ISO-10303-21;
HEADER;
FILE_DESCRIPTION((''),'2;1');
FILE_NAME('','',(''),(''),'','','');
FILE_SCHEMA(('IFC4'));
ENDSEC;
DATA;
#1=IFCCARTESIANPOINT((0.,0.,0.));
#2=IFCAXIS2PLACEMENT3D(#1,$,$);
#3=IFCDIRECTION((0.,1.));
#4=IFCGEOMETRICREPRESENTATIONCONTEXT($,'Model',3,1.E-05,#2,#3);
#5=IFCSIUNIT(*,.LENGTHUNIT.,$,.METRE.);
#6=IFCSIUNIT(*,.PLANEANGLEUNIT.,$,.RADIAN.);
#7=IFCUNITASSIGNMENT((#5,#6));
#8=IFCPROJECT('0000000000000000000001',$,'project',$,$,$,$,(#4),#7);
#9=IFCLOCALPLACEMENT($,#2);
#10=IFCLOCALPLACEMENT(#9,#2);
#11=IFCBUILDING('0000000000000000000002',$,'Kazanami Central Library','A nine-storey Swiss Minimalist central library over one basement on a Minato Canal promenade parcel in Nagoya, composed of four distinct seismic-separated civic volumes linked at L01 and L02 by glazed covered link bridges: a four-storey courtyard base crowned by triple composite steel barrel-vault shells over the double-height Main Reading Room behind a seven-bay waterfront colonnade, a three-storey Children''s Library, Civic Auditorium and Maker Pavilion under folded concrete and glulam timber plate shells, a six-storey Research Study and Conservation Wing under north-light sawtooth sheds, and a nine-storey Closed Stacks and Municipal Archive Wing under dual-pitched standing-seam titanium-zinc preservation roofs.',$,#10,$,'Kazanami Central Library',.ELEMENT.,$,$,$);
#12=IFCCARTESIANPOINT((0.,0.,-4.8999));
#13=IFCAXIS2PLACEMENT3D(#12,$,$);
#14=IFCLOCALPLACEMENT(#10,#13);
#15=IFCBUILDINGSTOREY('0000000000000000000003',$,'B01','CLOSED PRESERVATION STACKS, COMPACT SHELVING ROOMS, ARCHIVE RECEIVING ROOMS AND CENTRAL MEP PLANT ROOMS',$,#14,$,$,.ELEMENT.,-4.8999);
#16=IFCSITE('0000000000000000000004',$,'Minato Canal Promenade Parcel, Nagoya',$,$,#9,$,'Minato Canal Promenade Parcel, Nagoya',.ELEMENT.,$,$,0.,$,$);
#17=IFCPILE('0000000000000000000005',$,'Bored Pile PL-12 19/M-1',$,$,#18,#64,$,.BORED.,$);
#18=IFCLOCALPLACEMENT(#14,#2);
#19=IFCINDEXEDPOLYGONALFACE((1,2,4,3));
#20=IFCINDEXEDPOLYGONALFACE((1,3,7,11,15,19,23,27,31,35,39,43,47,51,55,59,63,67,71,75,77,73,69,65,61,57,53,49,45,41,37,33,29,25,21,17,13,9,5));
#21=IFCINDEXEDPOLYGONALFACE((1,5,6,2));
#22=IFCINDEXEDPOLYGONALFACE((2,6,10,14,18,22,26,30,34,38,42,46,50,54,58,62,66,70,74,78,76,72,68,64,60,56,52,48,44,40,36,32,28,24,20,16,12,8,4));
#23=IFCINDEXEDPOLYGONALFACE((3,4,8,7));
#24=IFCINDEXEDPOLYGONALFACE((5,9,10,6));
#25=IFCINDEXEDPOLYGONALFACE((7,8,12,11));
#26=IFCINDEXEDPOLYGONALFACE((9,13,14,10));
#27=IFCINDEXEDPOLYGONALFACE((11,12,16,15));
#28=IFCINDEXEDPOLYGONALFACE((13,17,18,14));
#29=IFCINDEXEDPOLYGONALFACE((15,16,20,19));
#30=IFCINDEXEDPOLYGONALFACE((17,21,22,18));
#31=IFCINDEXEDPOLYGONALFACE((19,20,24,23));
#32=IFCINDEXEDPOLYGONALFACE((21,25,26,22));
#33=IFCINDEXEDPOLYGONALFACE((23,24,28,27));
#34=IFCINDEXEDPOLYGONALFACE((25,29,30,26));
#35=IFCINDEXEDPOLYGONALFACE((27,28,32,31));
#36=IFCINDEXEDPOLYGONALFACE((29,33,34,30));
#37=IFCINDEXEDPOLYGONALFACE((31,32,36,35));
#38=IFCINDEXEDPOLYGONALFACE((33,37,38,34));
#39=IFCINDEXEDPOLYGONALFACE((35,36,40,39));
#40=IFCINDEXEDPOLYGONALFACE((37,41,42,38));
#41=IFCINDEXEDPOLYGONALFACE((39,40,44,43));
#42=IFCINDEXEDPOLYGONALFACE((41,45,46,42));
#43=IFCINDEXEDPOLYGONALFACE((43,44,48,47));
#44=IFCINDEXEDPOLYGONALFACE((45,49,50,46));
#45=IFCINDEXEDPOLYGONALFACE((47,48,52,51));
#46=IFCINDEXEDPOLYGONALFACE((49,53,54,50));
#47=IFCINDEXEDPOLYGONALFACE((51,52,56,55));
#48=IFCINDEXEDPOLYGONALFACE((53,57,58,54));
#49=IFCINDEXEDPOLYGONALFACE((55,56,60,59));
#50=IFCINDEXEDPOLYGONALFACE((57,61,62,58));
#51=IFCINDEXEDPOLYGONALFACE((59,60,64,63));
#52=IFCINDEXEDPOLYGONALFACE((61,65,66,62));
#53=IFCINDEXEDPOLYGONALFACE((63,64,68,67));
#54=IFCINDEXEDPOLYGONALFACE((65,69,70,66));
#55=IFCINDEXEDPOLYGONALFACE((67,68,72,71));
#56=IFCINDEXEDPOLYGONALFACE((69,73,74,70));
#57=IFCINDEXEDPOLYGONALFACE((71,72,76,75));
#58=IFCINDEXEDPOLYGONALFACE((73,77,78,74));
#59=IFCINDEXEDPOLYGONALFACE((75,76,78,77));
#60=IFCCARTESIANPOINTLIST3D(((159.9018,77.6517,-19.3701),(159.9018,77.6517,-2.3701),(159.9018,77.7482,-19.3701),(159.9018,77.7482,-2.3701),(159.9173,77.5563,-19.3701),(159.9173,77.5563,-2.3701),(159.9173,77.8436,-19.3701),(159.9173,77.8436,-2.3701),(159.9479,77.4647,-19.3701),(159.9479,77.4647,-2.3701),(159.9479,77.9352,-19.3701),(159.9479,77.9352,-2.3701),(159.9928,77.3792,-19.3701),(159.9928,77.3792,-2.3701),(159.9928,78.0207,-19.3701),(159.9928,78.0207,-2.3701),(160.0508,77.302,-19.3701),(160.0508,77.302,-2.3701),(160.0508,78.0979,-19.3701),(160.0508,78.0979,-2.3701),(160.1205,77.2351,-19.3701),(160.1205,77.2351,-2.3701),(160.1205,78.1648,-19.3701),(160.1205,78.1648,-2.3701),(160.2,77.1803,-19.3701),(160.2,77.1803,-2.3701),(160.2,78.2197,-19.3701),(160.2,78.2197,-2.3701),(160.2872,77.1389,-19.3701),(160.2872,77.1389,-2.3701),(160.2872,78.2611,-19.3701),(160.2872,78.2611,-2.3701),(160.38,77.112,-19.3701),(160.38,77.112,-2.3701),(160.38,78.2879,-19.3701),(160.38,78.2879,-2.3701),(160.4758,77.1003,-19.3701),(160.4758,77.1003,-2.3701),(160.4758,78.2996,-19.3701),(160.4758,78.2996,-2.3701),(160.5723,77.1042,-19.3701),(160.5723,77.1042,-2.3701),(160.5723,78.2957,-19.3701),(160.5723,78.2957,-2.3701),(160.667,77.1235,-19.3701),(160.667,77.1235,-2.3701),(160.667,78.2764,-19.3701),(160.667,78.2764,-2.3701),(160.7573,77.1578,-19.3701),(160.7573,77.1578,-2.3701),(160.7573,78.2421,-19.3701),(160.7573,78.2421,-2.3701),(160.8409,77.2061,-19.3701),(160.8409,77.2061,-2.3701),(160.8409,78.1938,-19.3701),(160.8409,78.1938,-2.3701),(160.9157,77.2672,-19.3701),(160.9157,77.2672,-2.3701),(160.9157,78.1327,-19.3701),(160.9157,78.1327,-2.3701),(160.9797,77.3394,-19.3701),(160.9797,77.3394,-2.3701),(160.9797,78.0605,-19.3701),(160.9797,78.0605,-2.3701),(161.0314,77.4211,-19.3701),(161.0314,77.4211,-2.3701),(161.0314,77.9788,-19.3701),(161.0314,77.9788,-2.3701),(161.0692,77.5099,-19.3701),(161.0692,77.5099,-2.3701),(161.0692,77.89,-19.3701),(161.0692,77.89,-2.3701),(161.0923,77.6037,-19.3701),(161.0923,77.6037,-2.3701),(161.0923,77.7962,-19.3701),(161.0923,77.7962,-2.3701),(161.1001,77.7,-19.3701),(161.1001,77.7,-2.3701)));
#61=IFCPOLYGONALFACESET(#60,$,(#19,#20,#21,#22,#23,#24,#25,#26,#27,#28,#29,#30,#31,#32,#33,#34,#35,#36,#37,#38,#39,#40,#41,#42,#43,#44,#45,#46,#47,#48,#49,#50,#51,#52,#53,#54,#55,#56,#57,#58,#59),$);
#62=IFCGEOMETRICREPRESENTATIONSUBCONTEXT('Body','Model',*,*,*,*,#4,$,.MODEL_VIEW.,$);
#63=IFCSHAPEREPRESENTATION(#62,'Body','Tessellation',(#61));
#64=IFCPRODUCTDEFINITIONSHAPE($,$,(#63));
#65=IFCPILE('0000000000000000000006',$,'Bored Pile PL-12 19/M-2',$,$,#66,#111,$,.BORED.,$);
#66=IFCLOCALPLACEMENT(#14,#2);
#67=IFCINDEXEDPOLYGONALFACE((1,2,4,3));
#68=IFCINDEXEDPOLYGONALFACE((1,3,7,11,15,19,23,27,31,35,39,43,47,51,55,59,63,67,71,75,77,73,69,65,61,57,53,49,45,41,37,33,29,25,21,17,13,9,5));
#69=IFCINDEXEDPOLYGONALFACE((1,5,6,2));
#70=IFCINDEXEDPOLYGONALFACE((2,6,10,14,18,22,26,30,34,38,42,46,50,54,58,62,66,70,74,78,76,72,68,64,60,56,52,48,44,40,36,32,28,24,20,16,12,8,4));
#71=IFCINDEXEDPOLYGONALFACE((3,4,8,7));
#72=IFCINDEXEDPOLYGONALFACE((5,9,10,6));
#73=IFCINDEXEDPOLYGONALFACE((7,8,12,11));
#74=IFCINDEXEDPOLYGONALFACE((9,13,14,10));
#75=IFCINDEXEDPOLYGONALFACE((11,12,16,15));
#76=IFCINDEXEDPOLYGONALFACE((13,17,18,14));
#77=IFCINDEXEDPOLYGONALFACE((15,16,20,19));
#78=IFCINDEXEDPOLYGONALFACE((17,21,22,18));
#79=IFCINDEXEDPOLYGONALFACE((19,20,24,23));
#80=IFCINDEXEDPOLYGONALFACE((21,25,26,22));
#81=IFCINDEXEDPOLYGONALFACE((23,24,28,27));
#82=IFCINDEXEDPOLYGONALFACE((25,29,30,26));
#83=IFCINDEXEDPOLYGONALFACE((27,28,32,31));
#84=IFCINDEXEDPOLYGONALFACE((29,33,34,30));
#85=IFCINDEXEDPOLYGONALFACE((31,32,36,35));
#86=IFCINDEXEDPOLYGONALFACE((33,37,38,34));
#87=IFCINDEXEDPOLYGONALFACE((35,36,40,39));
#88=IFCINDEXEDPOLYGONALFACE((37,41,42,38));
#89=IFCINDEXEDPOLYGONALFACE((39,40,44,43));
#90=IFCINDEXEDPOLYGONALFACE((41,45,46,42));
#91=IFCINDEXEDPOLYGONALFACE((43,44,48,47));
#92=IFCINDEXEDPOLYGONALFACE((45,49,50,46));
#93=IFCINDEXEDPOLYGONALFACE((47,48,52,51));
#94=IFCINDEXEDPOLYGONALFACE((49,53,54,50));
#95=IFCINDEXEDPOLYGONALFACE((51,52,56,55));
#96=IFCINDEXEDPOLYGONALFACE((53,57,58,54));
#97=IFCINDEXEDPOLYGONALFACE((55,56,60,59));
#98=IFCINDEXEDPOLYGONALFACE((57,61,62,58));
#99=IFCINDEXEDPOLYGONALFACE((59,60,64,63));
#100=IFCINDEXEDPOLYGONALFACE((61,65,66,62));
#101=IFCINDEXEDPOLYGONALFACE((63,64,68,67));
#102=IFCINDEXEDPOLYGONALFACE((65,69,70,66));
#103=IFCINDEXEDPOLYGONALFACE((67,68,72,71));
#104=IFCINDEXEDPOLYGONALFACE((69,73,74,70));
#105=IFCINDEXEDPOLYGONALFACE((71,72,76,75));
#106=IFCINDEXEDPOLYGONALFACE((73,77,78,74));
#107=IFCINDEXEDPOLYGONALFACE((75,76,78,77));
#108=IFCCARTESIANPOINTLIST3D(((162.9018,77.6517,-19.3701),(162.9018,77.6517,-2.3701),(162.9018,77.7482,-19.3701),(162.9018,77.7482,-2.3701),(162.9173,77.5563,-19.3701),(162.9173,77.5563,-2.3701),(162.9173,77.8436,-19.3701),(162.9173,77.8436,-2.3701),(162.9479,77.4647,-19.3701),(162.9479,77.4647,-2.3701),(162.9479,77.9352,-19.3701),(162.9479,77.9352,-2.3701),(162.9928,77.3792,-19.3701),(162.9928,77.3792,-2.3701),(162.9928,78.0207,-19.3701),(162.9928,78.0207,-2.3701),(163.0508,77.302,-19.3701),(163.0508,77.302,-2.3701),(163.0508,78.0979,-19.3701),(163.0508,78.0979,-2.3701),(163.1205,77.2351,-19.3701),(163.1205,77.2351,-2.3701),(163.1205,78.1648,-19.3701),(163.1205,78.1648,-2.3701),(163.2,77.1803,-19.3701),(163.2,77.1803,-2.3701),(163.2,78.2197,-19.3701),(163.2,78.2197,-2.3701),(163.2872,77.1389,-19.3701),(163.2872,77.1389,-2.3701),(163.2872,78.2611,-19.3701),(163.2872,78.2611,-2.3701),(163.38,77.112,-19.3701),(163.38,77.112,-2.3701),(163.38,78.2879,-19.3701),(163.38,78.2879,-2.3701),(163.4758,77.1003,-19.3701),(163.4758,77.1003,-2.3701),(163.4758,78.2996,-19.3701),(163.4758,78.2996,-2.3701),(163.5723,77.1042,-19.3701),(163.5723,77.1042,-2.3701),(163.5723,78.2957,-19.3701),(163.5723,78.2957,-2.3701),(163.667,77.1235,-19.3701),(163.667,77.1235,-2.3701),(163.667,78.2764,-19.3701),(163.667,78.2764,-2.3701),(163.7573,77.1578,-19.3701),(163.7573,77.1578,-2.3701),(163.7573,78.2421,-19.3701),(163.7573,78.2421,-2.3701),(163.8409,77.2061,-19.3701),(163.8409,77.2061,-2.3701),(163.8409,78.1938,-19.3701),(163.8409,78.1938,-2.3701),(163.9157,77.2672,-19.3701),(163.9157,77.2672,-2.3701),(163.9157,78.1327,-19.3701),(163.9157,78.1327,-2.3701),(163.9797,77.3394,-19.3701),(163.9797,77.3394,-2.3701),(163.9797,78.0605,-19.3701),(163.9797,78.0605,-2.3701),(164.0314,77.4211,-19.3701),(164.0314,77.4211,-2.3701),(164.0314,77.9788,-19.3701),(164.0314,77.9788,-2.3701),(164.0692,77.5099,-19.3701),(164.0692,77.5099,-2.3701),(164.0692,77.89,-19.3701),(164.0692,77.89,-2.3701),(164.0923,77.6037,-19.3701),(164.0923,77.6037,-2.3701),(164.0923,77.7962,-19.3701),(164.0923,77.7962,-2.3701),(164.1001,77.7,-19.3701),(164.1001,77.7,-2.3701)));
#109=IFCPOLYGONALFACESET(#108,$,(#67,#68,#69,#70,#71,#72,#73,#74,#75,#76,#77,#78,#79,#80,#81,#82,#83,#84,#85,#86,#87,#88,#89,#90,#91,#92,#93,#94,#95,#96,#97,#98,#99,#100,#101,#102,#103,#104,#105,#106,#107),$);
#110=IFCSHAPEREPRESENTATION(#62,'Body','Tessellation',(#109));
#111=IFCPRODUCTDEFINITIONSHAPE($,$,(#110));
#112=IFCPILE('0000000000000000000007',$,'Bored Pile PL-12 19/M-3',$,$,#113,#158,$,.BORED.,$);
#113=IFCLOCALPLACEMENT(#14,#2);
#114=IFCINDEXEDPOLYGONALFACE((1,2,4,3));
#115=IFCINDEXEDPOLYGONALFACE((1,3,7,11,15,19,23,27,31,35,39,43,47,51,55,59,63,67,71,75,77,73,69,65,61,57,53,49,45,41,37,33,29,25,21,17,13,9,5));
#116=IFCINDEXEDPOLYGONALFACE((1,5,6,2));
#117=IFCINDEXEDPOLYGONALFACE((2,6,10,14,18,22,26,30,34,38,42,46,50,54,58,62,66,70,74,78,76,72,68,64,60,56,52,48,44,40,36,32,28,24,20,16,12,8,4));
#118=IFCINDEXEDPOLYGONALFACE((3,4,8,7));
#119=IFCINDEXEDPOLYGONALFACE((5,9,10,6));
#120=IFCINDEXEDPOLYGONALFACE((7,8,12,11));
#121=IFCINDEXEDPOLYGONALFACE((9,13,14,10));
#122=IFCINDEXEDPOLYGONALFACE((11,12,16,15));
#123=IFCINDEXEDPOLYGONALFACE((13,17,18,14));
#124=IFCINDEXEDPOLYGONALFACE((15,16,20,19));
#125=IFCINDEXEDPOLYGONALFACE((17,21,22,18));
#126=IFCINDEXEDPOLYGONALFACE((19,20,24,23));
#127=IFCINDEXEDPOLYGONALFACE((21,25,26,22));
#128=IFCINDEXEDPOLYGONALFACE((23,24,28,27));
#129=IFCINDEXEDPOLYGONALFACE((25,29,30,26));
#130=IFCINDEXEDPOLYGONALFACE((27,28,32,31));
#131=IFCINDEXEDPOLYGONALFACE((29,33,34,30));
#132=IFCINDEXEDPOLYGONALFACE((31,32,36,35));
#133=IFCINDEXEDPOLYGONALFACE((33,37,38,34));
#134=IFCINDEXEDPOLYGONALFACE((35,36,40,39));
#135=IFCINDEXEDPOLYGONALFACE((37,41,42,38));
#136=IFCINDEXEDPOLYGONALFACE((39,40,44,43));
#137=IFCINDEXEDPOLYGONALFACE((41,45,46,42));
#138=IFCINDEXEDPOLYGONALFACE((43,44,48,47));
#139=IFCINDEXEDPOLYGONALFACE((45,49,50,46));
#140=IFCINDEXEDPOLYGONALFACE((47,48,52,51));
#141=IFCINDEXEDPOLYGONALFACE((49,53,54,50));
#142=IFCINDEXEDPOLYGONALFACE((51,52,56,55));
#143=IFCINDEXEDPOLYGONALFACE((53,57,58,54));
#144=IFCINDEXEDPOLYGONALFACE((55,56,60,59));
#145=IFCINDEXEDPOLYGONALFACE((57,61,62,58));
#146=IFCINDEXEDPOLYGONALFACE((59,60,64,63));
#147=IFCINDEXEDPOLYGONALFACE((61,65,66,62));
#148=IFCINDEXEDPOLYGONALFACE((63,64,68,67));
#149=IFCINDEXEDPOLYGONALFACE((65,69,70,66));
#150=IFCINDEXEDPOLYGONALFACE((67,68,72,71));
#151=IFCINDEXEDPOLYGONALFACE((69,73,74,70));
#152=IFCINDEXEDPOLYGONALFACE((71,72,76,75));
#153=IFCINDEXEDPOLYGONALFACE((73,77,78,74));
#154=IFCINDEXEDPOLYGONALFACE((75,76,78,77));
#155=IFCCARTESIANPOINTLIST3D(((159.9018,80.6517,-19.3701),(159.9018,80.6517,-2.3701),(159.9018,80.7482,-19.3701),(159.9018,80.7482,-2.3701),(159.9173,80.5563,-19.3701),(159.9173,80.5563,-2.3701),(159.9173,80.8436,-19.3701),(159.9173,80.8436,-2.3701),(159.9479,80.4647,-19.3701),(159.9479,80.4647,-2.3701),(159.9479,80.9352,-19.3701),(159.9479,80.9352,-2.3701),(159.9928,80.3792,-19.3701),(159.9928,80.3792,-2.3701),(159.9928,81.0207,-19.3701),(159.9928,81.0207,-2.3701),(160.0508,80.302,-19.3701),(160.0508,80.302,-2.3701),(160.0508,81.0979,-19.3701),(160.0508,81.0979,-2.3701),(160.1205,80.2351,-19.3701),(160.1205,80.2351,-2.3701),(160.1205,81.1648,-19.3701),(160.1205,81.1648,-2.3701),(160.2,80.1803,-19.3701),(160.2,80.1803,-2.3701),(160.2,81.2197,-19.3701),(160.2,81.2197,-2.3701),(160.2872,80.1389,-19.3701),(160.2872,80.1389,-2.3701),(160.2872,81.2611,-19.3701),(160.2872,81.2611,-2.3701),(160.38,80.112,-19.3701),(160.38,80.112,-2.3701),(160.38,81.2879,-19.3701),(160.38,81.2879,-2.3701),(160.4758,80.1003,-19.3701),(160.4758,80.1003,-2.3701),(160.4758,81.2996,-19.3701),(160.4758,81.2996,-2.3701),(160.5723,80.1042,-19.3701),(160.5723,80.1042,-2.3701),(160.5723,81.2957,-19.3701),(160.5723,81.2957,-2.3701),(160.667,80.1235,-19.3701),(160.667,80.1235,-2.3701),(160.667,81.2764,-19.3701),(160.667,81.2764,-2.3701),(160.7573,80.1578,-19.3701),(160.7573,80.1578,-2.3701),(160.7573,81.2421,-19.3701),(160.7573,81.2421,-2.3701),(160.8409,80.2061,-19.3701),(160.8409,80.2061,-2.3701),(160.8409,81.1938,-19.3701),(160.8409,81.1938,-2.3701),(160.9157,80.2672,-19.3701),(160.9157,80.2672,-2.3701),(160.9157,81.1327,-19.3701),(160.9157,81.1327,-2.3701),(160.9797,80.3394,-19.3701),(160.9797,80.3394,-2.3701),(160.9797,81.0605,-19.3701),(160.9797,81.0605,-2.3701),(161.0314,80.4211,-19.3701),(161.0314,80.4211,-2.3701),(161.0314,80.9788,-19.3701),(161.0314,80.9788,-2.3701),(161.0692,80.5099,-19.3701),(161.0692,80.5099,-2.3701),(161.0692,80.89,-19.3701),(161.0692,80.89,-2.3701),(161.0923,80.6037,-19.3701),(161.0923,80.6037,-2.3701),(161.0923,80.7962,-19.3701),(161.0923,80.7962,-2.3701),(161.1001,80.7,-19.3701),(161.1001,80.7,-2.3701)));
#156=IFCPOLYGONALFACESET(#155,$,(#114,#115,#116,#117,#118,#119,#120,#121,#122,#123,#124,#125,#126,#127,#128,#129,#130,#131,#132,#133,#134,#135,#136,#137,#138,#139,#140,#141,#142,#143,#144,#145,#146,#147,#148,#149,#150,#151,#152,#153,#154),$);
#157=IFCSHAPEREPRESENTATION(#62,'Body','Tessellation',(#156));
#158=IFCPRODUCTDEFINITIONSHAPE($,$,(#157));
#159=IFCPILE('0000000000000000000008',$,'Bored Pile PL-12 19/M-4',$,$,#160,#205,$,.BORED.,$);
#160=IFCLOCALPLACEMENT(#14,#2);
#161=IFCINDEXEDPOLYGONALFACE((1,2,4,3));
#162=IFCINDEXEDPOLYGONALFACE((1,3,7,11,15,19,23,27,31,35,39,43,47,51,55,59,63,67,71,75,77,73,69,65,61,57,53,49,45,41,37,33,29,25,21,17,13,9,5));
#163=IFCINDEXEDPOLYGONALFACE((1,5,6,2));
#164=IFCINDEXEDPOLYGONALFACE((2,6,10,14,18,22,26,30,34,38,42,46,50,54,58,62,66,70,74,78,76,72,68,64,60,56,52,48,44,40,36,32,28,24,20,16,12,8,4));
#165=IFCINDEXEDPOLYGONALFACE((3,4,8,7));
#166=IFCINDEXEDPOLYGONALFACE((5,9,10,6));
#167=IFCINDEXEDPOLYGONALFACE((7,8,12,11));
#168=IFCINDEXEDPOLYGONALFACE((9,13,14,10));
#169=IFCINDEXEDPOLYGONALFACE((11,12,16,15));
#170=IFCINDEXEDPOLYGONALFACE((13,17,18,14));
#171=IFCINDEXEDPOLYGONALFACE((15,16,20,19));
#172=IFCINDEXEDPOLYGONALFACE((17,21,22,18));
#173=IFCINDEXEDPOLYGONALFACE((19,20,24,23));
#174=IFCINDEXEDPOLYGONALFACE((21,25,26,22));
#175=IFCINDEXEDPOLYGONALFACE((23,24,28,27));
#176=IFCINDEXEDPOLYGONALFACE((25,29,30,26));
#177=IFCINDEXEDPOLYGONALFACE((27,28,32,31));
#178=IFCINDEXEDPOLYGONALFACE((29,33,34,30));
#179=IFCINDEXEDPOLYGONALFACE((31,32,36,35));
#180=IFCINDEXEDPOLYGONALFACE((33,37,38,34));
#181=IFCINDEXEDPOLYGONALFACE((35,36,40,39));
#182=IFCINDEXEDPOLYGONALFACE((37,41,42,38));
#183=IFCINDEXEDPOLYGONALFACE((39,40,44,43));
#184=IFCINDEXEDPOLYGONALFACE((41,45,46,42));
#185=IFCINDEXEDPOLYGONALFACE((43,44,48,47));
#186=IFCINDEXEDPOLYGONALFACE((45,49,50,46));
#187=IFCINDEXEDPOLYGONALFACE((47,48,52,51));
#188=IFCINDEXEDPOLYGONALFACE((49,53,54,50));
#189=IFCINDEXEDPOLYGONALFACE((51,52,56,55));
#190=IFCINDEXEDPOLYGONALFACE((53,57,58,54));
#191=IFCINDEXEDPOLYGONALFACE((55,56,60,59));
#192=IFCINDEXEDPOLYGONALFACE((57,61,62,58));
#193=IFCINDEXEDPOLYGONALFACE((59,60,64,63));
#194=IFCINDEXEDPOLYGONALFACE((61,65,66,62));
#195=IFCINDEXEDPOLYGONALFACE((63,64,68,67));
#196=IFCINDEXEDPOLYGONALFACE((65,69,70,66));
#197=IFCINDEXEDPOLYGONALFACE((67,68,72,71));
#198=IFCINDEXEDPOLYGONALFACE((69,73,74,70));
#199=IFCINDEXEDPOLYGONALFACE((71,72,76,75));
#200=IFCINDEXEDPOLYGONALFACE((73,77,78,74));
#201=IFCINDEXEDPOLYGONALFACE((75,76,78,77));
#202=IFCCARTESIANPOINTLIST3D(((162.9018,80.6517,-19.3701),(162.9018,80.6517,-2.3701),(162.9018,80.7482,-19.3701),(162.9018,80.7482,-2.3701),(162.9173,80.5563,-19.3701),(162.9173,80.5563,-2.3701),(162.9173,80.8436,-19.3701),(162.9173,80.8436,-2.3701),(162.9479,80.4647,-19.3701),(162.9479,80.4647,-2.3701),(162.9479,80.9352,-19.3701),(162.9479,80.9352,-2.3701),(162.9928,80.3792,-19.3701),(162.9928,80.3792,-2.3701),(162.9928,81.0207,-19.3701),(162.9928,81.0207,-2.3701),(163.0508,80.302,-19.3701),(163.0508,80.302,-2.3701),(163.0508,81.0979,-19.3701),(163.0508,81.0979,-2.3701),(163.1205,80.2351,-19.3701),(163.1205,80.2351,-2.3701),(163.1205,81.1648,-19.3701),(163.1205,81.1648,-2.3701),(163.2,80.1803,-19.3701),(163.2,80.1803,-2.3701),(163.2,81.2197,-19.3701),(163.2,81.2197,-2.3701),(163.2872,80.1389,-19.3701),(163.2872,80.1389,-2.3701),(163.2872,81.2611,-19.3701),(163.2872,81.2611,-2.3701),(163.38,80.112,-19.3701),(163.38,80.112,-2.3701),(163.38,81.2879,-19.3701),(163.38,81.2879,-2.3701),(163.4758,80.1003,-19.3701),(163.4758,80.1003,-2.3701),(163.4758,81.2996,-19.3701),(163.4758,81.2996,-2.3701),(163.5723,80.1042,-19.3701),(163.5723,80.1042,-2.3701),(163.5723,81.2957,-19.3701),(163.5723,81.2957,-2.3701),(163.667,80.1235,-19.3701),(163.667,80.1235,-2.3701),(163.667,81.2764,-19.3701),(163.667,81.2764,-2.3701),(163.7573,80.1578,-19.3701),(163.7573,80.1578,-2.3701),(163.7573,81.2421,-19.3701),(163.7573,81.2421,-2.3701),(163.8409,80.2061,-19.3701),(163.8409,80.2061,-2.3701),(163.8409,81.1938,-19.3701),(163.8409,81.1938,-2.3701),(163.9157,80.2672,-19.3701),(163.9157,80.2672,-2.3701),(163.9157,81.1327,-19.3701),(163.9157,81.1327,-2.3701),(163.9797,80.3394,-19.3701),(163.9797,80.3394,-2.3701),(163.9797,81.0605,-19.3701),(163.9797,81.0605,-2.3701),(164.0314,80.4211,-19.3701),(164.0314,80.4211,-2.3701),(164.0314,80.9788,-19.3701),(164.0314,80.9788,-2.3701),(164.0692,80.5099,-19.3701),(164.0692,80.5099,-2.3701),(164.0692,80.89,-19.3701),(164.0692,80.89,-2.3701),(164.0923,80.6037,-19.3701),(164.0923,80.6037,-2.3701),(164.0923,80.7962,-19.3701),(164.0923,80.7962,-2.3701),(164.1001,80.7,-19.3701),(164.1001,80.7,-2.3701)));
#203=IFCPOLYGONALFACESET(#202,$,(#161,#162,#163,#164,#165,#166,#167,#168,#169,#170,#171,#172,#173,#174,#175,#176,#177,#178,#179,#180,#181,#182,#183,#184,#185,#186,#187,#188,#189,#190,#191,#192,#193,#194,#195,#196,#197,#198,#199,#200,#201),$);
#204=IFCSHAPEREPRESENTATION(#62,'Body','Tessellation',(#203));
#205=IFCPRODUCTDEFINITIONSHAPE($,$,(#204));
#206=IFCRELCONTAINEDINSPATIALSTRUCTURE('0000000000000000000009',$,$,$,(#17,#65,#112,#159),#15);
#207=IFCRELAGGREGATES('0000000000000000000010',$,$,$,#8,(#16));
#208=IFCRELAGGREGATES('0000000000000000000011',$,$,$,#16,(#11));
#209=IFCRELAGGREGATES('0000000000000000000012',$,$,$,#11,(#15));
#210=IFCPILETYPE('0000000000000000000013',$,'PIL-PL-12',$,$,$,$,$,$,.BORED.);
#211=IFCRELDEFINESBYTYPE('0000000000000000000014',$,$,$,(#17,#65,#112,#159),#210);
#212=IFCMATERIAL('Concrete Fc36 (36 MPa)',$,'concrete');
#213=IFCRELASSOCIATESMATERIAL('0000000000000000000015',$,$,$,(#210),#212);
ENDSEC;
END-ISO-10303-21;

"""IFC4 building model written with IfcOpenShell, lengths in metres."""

from ifc_helpers import new_model, si_unit, direction, frame, origin, origin_2d, place, context, subcontext, project, spatial, circle, extrude, material, material_profile, profile_set, type_object, element, save


model = new_model("IFC4")

# Units and contexts
model_context = context("Model", 3, precision=1e-05, world=origin(), true_north=direction((0.0, 1.0)))
body_context = subcontext(model_context, "Body", "Model", "MODEL_VIEW")
ifc_project = project(units=[si_unit("LENGTHUNIT", "METRE"), si_unit("PLANEANGLEUNIT", "RADIAN")], contexts=[model_context])

# Site, building, storey
site_placement = place(None, origin())
site = spatial("IfcSite", under=ifc_project, at=site_placement, Name="Minato Canal Promenade Parcel, Nagoya", LongName="Minato Canal Promenade Parcel, Nagoya", CompositionType="ELEMENT", RefElevation=0.0)
building_placement = place(site_placement, origin())
building = spatial("IfcBuilding", under=site, at=building_placement, Name="Kazanami Central Library", Description="A nine-storey Swiss Minimalist central library over one basement on a Minato Canal promenade parcel in Nagoya, composed of four distinct seismic-separated civic volumes linked at L01 and L02 by glazed covered link bridges: a four-storey courtyard base crowned by triple composite steel barrel-vault shells over the double-height Main Reading Room behind a seven-bay waterfront colonnade, a three-storey Children's Library, Civic Auditorium and Maker Pavilion under folded concrete and glulam timber plate shells, a six-storey Research Study and Conservation Wing under north-light sawtooth sheds, and a nine-storey Closed Stacks and Municipal Archive Wing under dual-pitched standing-seam titanium-zinc preservation roofs.", LongName="Kazanami Central Library", CompositionType="ELEMENT")
storey_placement = place(building_placement, frame((0.0, 0.0, -4.8999)))
storey = spatial("IfcBuildingStorey", under=building, at=storey_placement, Name="B01", Description="CLOSED PRESERVATION STACKS, COMPACT SHELVING ROOMS, ARCHIVE RECEIVING ROOMS AND CENTRAL MEP PLANT ROOMS", CompositionType="ELEMENT", Elevation=-4.8999)

# Shared definitions
ifc_material_1 = material(Name="Concrete Fc36 (36 MPa)", Category="concrete")

# Piles
ifc_material_profile_1 = material_profile(ifc_material_1, circle(Radius=0.6001, at=origin_2d()), Name="BORED-D1200")
ifc_profile_set_1 = profile_set([ifc_material_profile_1], Name="Concrete Fc36 (36 MPa)")
pile_type = type_object("IfcPileType", Name="PIL-PL-12", PredefinedType="BORED", material=ifc_profile_set_1)
for number, where, z_axis, x_axis, name in (
    (1, (160.5, 77.7, -2.3701), (0.0, 0.0, -1.0), (1.0, 0.0, 0.0), "Bored Pile PL-12 19/M-1"),
    (2, (163.5, 77.7, -2.3701), (0.0, 0.0, -1.0), (1.0, 0.0, 0.0), "Bored Pile PL-12 19/M-2"),
    (3, (160.5, 80.7, -2.3701), (0.0, 0.0, -1.0), (1.0, 0.0, 0.0), "Bored Pile PL-12 19/M-3"),
    (4, (163.5, 80.7, -2.3701), (0.0, 0.0, -1.0), (1.0, 0.0, 0.0), "Bored Pile PL-12 19/M-4"),
):
    element("IfcPile", number, at=place(storey_placement, frame(where, z_axis=z_axis, x_axis=x_axis)), inside=storey, type_object=pile_type, Name=name, PredefinedType="BORED", context=body_context, shape_type="SweptSolid", body=[
        extrude(circle(Radius=0.6001, at=origin_2d()), origin(), (0.0, 0.0, 1.0), 17.0),
    ])

save(model, "model.ifc")
